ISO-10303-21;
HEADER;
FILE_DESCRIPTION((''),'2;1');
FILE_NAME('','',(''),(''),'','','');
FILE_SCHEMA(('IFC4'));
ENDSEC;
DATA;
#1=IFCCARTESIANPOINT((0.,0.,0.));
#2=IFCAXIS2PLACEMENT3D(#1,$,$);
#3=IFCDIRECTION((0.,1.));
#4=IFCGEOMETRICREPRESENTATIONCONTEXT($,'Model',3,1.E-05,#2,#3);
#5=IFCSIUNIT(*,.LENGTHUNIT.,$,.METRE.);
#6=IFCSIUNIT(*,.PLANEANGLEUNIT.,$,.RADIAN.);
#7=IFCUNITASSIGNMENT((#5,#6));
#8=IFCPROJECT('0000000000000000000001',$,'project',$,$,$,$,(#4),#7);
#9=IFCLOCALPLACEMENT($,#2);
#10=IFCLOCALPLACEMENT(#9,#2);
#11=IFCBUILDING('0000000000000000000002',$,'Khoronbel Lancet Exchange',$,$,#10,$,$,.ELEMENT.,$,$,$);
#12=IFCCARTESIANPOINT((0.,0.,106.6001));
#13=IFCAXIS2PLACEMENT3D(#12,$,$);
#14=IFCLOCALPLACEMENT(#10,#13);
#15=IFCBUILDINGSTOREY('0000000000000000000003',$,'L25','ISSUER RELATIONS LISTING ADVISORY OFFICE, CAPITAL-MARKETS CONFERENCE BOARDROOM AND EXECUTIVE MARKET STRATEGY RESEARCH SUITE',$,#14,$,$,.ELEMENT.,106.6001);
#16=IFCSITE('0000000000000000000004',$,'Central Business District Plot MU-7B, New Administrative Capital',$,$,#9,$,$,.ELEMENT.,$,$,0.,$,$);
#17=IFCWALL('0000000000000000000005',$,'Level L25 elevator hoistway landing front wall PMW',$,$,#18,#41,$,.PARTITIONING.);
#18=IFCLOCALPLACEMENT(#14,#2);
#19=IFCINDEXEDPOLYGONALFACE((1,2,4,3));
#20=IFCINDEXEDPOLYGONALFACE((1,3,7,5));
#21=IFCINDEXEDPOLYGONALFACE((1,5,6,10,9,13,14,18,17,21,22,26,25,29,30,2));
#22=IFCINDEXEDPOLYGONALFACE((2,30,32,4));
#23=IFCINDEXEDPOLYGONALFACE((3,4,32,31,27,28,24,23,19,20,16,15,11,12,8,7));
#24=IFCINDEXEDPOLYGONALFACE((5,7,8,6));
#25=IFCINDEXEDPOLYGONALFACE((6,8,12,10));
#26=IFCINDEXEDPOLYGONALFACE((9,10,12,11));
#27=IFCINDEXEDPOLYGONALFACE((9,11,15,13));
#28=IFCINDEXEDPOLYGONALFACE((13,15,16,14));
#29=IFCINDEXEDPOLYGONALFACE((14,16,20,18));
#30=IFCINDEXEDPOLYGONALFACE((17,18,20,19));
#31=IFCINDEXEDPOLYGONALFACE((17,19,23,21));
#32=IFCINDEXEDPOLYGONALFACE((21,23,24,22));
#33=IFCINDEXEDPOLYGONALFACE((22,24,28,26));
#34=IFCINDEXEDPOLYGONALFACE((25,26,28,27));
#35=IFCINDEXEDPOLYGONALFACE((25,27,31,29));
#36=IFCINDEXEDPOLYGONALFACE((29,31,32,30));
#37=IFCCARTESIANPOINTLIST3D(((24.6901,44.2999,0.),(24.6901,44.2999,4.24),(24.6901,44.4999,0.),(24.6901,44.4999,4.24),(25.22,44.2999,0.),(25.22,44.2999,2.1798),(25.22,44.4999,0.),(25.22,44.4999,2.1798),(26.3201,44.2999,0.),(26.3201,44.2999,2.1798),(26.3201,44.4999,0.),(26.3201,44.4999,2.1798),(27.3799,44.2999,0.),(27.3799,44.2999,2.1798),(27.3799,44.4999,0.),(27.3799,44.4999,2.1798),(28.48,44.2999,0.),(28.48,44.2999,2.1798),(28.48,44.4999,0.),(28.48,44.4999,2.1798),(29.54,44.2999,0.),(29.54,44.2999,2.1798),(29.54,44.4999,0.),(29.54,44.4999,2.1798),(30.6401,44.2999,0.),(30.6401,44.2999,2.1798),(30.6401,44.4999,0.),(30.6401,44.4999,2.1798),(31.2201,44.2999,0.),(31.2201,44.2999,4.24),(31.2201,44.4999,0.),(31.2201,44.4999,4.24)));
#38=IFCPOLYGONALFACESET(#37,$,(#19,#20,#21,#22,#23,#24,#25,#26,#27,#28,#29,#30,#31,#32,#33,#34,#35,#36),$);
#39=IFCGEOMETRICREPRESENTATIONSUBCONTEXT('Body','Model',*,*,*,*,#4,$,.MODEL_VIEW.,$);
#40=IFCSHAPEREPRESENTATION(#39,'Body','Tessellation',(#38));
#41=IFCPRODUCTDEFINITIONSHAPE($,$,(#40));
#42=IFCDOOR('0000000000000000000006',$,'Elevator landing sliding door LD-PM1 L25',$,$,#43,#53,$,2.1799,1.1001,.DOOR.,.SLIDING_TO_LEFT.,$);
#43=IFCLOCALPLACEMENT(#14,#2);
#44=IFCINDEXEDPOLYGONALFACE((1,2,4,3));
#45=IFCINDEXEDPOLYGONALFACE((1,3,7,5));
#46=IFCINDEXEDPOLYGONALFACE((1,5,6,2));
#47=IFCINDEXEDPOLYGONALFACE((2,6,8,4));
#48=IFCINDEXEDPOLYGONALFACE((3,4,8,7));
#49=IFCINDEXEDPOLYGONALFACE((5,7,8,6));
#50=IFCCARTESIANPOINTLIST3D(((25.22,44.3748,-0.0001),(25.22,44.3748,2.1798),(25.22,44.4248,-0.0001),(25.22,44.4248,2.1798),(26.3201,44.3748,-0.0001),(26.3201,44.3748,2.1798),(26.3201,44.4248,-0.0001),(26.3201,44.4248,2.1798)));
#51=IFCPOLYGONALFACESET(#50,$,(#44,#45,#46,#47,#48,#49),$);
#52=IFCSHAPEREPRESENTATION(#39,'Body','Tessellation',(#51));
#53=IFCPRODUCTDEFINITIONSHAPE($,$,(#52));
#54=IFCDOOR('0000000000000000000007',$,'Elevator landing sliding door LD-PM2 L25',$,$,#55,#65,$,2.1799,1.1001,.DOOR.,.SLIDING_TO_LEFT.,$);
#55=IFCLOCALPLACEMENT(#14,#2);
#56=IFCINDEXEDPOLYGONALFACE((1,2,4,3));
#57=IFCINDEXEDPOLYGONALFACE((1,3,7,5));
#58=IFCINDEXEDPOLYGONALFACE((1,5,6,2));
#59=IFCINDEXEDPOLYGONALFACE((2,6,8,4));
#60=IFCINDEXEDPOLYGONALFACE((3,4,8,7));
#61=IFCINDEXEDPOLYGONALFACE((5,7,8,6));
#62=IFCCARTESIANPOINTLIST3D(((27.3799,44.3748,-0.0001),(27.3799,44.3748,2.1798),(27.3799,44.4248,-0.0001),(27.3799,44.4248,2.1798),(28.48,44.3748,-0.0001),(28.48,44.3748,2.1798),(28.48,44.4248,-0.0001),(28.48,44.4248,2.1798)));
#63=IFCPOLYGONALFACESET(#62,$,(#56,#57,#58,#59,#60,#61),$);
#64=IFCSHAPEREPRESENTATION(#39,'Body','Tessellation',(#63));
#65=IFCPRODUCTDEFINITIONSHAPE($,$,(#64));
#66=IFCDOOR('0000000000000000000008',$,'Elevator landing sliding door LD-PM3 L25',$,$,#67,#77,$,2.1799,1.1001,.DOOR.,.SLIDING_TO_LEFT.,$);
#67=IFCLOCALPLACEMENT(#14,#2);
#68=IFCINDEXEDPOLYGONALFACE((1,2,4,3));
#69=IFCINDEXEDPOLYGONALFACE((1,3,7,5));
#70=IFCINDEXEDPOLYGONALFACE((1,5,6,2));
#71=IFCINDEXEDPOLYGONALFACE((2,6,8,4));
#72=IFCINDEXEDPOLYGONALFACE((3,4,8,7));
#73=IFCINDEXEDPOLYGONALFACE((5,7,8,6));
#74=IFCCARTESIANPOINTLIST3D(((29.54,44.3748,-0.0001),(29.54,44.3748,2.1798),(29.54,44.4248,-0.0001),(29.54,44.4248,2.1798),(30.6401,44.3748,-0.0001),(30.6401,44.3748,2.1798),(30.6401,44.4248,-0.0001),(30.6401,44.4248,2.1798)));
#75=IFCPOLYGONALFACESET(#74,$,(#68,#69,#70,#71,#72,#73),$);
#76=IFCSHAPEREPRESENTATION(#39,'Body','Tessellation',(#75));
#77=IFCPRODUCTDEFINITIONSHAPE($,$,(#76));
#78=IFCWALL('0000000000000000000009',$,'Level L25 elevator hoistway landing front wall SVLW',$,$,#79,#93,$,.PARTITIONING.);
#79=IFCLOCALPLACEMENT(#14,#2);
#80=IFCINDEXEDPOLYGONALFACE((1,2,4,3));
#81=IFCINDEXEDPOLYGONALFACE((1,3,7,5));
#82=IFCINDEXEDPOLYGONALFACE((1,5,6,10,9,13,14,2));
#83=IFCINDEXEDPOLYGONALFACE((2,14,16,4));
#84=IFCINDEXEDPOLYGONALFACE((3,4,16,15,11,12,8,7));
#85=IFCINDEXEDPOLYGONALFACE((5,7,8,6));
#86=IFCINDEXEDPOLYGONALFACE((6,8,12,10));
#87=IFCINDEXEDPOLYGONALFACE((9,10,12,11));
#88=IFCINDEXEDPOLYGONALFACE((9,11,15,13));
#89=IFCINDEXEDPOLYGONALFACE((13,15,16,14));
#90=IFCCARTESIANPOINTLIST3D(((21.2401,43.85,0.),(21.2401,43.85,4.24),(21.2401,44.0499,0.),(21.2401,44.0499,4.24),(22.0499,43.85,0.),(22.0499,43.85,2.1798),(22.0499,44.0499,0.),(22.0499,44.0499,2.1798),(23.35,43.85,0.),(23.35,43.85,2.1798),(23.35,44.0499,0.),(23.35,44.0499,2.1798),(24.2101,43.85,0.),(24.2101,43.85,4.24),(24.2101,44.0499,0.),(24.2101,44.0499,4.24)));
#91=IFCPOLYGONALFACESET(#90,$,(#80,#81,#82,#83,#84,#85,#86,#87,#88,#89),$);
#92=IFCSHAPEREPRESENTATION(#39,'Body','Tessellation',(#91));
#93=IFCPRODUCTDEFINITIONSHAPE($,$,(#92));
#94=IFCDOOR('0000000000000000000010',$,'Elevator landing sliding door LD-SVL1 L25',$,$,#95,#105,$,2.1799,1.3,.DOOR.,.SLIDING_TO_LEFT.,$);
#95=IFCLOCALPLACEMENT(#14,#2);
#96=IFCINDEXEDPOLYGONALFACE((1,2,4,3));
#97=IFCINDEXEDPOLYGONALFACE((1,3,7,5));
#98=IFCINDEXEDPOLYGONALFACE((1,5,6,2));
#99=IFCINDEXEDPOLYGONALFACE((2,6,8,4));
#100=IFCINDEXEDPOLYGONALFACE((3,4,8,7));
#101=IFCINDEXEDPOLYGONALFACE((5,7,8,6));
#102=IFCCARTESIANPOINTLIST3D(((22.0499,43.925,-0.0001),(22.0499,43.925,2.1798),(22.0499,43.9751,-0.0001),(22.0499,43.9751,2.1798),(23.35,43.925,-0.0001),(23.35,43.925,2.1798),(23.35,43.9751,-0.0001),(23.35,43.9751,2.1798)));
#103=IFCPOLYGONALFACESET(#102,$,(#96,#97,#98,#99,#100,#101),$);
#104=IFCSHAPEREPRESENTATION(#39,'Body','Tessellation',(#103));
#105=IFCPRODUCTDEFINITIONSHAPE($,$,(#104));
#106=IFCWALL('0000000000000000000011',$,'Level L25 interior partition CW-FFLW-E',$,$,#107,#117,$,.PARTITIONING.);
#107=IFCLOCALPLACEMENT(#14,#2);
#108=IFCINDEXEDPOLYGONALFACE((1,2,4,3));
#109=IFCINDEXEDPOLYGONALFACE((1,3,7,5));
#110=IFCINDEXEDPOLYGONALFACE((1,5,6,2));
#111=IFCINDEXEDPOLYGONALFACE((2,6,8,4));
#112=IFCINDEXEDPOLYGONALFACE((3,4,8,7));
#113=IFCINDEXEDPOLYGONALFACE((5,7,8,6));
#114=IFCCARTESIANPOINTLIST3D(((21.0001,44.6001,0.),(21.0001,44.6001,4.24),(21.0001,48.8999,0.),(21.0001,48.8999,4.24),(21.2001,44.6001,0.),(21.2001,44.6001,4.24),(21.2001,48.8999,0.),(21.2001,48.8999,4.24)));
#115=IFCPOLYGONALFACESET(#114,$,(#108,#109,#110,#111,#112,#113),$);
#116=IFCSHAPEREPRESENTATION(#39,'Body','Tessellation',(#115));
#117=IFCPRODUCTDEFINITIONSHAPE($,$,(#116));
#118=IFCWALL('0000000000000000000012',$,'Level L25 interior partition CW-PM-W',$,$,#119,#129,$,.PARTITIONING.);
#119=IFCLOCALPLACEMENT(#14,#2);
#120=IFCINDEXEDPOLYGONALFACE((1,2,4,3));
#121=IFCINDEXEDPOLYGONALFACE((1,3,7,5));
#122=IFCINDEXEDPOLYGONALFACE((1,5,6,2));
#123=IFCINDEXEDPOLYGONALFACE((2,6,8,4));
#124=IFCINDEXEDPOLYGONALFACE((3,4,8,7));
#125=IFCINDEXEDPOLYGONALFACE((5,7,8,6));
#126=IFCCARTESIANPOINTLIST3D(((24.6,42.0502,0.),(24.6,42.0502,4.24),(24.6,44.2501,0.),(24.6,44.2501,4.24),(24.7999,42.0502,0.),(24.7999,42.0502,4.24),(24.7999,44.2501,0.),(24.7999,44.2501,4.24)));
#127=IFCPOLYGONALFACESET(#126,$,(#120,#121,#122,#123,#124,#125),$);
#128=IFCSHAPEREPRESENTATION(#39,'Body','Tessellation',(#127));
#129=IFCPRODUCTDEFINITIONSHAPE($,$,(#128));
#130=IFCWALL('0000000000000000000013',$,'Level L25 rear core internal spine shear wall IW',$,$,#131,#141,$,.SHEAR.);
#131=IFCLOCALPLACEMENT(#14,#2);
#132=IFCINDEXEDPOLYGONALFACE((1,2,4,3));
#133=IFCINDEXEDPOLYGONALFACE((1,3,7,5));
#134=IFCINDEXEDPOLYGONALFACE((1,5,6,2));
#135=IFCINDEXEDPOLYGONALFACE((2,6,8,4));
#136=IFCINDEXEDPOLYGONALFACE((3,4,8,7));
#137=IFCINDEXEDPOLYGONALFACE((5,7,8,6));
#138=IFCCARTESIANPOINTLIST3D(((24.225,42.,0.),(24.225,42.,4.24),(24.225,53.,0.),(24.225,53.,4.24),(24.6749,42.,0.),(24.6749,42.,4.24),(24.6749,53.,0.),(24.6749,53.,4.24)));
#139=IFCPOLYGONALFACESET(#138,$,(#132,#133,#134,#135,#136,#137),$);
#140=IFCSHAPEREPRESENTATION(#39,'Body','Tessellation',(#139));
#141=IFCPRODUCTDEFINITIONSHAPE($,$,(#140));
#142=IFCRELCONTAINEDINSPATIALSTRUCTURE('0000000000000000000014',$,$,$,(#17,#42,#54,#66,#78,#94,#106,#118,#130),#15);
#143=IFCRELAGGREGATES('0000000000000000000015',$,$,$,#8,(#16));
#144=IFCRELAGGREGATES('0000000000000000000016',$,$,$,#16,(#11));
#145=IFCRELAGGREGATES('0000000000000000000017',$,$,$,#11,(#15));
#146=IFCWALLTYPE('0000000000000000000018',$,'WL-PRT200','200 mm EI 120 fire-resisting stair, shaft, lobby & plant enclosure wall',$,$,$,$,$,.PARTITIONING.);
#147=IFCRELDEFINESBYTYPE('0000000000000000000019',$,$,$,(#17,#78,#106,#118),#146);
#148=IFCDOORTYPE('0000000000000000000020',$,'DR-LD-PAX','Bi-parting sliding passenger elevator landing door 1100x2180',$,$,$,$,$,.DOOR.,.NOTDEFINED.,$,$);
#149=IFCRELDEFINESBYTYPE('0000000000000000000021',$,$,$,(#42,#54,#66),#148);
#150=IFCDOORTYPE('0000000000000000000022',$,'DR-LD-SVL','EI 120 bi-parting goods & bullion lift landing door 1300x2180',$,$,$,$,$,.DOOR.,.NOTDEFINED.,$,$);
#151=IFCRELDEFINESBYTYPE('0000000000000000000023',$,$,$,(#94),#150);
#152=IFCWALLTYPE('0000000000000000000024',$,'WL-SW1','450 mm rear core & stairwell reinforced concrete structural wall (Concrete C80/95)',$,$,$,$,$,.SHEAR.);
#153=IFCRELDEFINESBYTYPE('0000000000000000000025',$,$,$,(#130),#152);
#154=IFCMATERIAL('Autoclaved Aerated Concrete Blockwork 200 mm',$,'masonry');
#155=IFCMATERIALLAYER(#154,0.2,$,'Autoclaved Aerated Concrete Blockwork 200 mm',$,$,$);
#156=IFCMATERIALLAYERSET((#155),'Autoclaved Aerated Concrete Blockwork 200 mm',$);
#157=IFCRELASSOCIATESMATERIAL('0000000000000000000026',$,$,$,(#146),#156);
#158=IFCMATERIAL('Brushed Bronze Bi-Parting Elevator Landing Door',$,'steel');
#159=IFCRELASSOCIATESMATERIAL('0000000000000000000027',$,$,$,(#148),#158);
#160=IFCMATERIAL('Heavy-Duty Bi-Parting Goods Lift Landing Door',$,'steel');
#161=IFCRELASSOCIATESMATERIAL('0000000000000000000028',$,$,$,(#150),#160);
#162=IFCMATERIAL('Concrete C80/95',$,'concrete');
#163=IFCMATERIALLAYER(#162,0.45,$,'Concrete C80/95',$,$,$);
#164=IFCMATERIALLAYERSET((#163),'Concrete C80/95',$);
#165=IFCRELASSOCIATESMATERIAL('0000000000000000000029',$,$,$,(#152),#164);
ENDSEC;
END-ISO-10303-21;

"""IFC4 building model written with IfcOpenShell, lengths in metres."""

from ifc_helpers import new_model, si_unit, direction, frame, frame_2d, origin, place, context, subcontext, project, spatial, rectangle, extrude, material, layer, layer_set, type_object, element, fill, save


model = new_model("IFC4")

# Units and contexts
model_context = context("Model", 3, precision=1e-05, world=origin(), true_north=direction((0.0, 1.0)))
body_context = subcontext(model_context, "Body", "Model", "MODEL_VIEW")
ifc_project = project(units=[si_unit("LENGTHUNIT", "METRE"), si_unit("PLANEANGLEUNIT", "RADIAN")], contexts=[model_context])

# Site, building, storey
site_placement = place(None, origin())
site = spatial("IfcSite", under=ifc_project, at=site_placement, Name="Central Business District Plot MU-7B, New Administrative Capital", CompositionType="ELEMENT", RefElevation=0.0)
building_placement = place(site_placement, origin())
building = spatial("IfcBuilding", under=site, at=building_placement, Name="Khoronbel Lancet Exchange", CompositionType="ELEMENT")
storey_placement = place(building_placement, frame((0.0, 0.0, 106.6001)))
storey = spatial("IfcBuildingStorey", under=building, at=storey_placement, Name="L25", Description="ISSUER RELATIONS LISTING ADVISORY OFFICE, CAPITAL-MARKETS CONFERENCE BOARDROOM AND EXECUTIVE MARKET STRATEGY RESEARCH SUITE", CompositionType="ELEMENT", Elevation=106.6001)

# Shared definitions
ifc_material_1 = material(Name="Concrete C80/95", Category="concrete")

# Wall, openings, doors
ifc_material_2 = material(Name="Autoclaved Aerated Concrete Blockwork 200 mm", Category="masonry")
ifc_layer_1 = layer(ifc_material_2, 0.2, Name="Autoclaved Aerated Concrete Blockwork 200 mm")
ifc_layer_set_1 = layer_set([ifc_layer_1], Name="Autoclaved Aerated Concrete Blockwork 200 mm")
wall_type_1 = type_object("IfcWallType", Name="WL-PRT200", Description="200 mm EI 120 fire-resisting stair, shaft, lobby & plant enclosure wall", PredefinedType="PARTITIONING", material=ifc_layer_set_1)
wall_1_placement = place(storey_placement, frame((24.6899, 44.3999, 0.0), z_axis=(0.0, 0.0, 1.0), x_axis=(1.0, 0.0, 0.0)))
wall_1 = element("IfcWall", 1, at=wall_1_placement, inside=storey, type_object=wall_type_1, Name="Level L25 elevator hoistway landing front wall PMW", PredefinedType="PARTITIONING", context=body_context, shape_type="SweptSolid", body=[
    extrude(rectangle(XDim=6.53, YDim=0.2, at=frame_2d((3.2651, 0.0))), origin(), (0.0, 0.0, 1.0), 4.24),
])
opening_1_placement = place(wall_1_placement, frame((0.53, 0.0, 0.0)))
opening_1 = element("IfcOpeningElement", 2, at=opening_1_placement, cuts=wall_1, PredefinedType="OPENING", context=body_context, shape_type="SweptSolid", body=[
    extrude(rectangle(XDim=1.1001, YDim=2.1799, at=frame_2d((0.55, 1.0898))), frame((0.0, 0.1099, 0.0), z_axis=(0.0, -1.0, 0.0), x_axis=(1.0, 0.0, 0.0)), (0.0, 0.0, 1.0), 0.22),
])
opening_2_placement = place(wall_1_placement, frame((2.6899, 0.0, 0.0)))
opening_2 = element("IfcOpeningElement", 3, at=opening_2_placement, cuts=wall_1, PredefinedType="OPENING", context=body_context, shape_type="SweptSolid", body=[
    extrude(rectangle(XDim=1.1001, YDim=2.1799, at=frame_2d((0.55, 1.0898))), frame((0.0, 0.1099, 0.0), z_axis=(0.0, -1.0, 0.0), x_axis=(1.0, 0.0, 0.0)), (0.0, 0.0, 1.0), 0.22),
])
opening_3_placement = place(wall_1_placement, frame((4.8501, 0.0, 0.0)))
opening_3 = element("IfcOpeningElement", 4, at=opening_3_placement, cuts=wall_1, PredefinedType="OPENING", context=body_context, shape_type="SweptSolid", body=[
    extrude(rectangle(XDim=1.1001, YDim=2.1799, at=frame_2d((0.55, 1.0898))), frame((0.0, 0.1099, 0.0), z_axis=(0.0, -1.0, 0.0), x_axis=(1.0, 0.0, 0.0)), (0.0, 0.0, 1.0), 0.22),
])
ifc_material_3 = material(Name="Brushed Bronze Bi-Parting Elevator Landing Door", Category="steel")
door_type_1 = type_object("IfcDoorType", Name="DR-LD-PAX", Description="Bi-parting sliding passenger elevator landing door 1100x2180", OperationType="NOTDEFINED", PredefinedType="DOOR", material=ifc_material_3)
door_1_placement = place(opening_1_placement, origin())
door_1 = element("IfcDoor", 5, at=door_1_placement, inside=storey, type_object=door_type_1, Name="Elevator landing sliding door LD-PM1 L25", OperationType="SLIDING_TO_LEFT", OverallHeight=2.1799, OverallWidth=1.1001, PredefinedType="DOOR", context=body_context, shape_type="SweptSolid", body=[
    extrude(rectangle(XDim=1.1001, YDim=2.1799, at=frame_2d((0.55, 1.0898))), frame((0.0, 0.0249, 0.0), z_axis=(0.0, -1.0, 0.0), x_axis=(1.0, 0.0, 0.0)), (0.0, 0.0, 1.0), 0.05),
])
fill(opening_1, door_1)
door_2_placement = place(opening_2_placement, origin())
door_2 = element("IfcDoor", 6, at=door_2_placement, inside=storey, type_object=door_type_1, Name="Elevator landing sliding door LD-PM2 L25", OperationType="SLIDING_TO_LEFT", OverallHeight=2.1799, OverallWidth=1.1001, PredefinedType="DOOR", context=body_context, shape_type="SweptSolid", body=[
    extrude(rectangle(XDim=1.1001, YDim=2.1799, at=frame_2d((0.55, 1.0898))), frame((0.0, 0.0249, 0.0), z_axis=(0.0, -1.0, 0.0), x_axis=(1.0, 0.0, 0.0)), (0.0, 0.0, 1.0), 0.05),
])
fill(opening_2, door_2)
door_3_placement = place(opening_3_placement, origin())
door_3 = element("IfcDoor", 7, at=door_3_placement, inside=storey, type_object=door_type_1, Name="Elevator landing sliding door LD-PM3 L25", OperationType="SLIDING_TO_LEFT", OverallHeight=2.1799, OverallWidth=1.1001, PredefinedType="DOOR", context=body_context, shape_type="SweptSolid", body=[
    extrude(rectangle(XDim=1.1001, YDim=2.1799, at=frame_2d((0.55, 1.0898))), frame((0.0, 0.0249, 0.0), z_axis=(0.0, -1.0, 0.0), x_axis=(1.0, 0.0, 0.0)), (0.0, 0.0, 1.0), 0.05),
])
fill(opening_3, door_3)

# Wall, opening, door
wall_2_placement = place(storey_placement, frame((24.21, 43.95, 0.0), z_axis=(0.0, 0.0, 1.0), x_axis=(-1.0, 0.0, 0.0)))
wall_2 = element("IfcWall", 8, at=wall_2_placement, inside=storey, type_object=wall_type_1, Name="Level L25 elevator hoistway landing front wall SVLW", PredefinedType="PARTITIONING", context=body_context, shape_type="SweptSolid", body=[
    extrude(rectangle(XDim=2.97, YDim=0.2, at=frame_2d((1.4849, 0.0))), origin(), (0.0, 0.0, 1.0), 4.24),
])
opening_4_placement = place(wall_2_placement, frame((0.8601, 0.0, 0.0)))
opening_4 = element("IfcOpeningElement", 9, at=opening_4_placement, cuts=wall_2, PredefinedType="OPENING", context=body_context, shape_type="SweptSolid", body=[
    extrude(rectangle(XDim=1.3, YDim=2.1799, at=frame_2d((0.6499, 1.0898))), frame((0.0, 0.1099, 0.0), z_axis=(0.0, -1.0, 0.0), x_axis=(1.0, 0.0, 0.0)), (0.0, 0.0, 1.0), 0.22),
])
ifc_material_4 = material(Name="Heavy-Duty Bi-Parting Goods Lift Landing Door", Category="steel")
door_type_2 = type_object("IfcDoorType", Name="DR-LD-SVL", Description="EI 120 bi-parting goods & bullion lift landing door 1300x2180", OperationType="NOTDEFINED", PredefinedType="DOOR", material=ifc_material_4)
door_4_placement = place(opening_4_placement, origin())
door_4 = element("IfcDoor", 10, at=door_4_placement, inside=storey, type_object=door_type_2, Name="Elevator landing sliding door LD-SVL1 L25", OperationType="SLIDING_TO_LEFT", OverallHeight=2.1799, OverallWidth=1.3, PredefinedType="DOOR", context=body_context, shape_type="SweptSolid", body=[
    extrude(rectangle(XDim=1.3, YDim=2.1799, at=frame_2d((0.6499, 1.0898))), frame((0.0, 0.0249, 0.0), z_axis=(0.0, -1.0, 0.0), x_axis=(1.0, 0.0, 0.0)), (0.0, 0.0, 1.0), 0.05),
])
fill(opening_4, door_4)

# Wall
wall_3_placement = place(storey_placement, frame((21.1001, 44.6001, 0.0), z_axis=(0.0, 0.0, 1.0), x_axis=(0.0, 1.0, 0.0)))
element("IfcWall", 11, at=wall_3_placement, inside=storey, type_object=wall_type_1, Name="Level L25 interior partition CW-FFLW-E", PredefinedType="PARTITIONING", context=body_context, shape_type="SweptSolid", body=[
    extrude(rectangle(XDim=4.2998, YDim=0.2, at=frame_2d((2.1499, 0.0))), origin(), (0.0, 0.0, 1.0), 4.24),
])

# Walls
wall_4_placement = place(storey_placement, frame((24.7, 42.05, 0.0), z_axis=(0.0, 0.0, 1.0), x_axis=(0.0, 1.0, 0.0)))
element("IfcWall", 12, at=wall_4_placement, inside=storey, type_object=wall_type_1, Name="Level L25 interior partition CW-PM-W", PredefinedType="PARTITIONING", context=body_context, shape_type="SweptSolid", body=[
    extrude(rectangle(XDim=2.2, YDim=0.2, at=frame_2d((1.1001, 0.0))), origin(), (0.0, 0.0, 1.0), 4.24),
])
ifc_layer_2 = layer(ifc_material_1, 0.45, Name="Concrete C80/95")
ifc_layer_set_2 = layer_set([ifc_layer_2], Name="Concrete C80/95")
wall_type_2 = type_object("IfcWallType", Name="WL-SW1", Description="450 mm rear core & stairwell reinforced concrete structural wall (Concrete C80/95)", PredefinedType="SHEAR", material=ifc_layer_set_2)
wall_5_placement = place(storey_placement, frame((24.45, 42.0, 0.0), z_axis=(0.0, 0.0, 1.0), x_axis=(0.0, 1.0, 0.0)))
element("IfcWall", 13, at=wall_5_placement, inside=storey, type_object=wall_type_2, Name="Level L25 rear core internal spine shear wall IW", PredefinedType="SHEAR", context=body_context, shape_type="SweptSolid", body=[
    extrude(rectangle(XDim=11.0, YDim=0.45, at=frame_2d((5.5, 0.0))), origin(), (0.0, 0.0, 1.0), 4.24),
])

save(model, "model.ifc")
